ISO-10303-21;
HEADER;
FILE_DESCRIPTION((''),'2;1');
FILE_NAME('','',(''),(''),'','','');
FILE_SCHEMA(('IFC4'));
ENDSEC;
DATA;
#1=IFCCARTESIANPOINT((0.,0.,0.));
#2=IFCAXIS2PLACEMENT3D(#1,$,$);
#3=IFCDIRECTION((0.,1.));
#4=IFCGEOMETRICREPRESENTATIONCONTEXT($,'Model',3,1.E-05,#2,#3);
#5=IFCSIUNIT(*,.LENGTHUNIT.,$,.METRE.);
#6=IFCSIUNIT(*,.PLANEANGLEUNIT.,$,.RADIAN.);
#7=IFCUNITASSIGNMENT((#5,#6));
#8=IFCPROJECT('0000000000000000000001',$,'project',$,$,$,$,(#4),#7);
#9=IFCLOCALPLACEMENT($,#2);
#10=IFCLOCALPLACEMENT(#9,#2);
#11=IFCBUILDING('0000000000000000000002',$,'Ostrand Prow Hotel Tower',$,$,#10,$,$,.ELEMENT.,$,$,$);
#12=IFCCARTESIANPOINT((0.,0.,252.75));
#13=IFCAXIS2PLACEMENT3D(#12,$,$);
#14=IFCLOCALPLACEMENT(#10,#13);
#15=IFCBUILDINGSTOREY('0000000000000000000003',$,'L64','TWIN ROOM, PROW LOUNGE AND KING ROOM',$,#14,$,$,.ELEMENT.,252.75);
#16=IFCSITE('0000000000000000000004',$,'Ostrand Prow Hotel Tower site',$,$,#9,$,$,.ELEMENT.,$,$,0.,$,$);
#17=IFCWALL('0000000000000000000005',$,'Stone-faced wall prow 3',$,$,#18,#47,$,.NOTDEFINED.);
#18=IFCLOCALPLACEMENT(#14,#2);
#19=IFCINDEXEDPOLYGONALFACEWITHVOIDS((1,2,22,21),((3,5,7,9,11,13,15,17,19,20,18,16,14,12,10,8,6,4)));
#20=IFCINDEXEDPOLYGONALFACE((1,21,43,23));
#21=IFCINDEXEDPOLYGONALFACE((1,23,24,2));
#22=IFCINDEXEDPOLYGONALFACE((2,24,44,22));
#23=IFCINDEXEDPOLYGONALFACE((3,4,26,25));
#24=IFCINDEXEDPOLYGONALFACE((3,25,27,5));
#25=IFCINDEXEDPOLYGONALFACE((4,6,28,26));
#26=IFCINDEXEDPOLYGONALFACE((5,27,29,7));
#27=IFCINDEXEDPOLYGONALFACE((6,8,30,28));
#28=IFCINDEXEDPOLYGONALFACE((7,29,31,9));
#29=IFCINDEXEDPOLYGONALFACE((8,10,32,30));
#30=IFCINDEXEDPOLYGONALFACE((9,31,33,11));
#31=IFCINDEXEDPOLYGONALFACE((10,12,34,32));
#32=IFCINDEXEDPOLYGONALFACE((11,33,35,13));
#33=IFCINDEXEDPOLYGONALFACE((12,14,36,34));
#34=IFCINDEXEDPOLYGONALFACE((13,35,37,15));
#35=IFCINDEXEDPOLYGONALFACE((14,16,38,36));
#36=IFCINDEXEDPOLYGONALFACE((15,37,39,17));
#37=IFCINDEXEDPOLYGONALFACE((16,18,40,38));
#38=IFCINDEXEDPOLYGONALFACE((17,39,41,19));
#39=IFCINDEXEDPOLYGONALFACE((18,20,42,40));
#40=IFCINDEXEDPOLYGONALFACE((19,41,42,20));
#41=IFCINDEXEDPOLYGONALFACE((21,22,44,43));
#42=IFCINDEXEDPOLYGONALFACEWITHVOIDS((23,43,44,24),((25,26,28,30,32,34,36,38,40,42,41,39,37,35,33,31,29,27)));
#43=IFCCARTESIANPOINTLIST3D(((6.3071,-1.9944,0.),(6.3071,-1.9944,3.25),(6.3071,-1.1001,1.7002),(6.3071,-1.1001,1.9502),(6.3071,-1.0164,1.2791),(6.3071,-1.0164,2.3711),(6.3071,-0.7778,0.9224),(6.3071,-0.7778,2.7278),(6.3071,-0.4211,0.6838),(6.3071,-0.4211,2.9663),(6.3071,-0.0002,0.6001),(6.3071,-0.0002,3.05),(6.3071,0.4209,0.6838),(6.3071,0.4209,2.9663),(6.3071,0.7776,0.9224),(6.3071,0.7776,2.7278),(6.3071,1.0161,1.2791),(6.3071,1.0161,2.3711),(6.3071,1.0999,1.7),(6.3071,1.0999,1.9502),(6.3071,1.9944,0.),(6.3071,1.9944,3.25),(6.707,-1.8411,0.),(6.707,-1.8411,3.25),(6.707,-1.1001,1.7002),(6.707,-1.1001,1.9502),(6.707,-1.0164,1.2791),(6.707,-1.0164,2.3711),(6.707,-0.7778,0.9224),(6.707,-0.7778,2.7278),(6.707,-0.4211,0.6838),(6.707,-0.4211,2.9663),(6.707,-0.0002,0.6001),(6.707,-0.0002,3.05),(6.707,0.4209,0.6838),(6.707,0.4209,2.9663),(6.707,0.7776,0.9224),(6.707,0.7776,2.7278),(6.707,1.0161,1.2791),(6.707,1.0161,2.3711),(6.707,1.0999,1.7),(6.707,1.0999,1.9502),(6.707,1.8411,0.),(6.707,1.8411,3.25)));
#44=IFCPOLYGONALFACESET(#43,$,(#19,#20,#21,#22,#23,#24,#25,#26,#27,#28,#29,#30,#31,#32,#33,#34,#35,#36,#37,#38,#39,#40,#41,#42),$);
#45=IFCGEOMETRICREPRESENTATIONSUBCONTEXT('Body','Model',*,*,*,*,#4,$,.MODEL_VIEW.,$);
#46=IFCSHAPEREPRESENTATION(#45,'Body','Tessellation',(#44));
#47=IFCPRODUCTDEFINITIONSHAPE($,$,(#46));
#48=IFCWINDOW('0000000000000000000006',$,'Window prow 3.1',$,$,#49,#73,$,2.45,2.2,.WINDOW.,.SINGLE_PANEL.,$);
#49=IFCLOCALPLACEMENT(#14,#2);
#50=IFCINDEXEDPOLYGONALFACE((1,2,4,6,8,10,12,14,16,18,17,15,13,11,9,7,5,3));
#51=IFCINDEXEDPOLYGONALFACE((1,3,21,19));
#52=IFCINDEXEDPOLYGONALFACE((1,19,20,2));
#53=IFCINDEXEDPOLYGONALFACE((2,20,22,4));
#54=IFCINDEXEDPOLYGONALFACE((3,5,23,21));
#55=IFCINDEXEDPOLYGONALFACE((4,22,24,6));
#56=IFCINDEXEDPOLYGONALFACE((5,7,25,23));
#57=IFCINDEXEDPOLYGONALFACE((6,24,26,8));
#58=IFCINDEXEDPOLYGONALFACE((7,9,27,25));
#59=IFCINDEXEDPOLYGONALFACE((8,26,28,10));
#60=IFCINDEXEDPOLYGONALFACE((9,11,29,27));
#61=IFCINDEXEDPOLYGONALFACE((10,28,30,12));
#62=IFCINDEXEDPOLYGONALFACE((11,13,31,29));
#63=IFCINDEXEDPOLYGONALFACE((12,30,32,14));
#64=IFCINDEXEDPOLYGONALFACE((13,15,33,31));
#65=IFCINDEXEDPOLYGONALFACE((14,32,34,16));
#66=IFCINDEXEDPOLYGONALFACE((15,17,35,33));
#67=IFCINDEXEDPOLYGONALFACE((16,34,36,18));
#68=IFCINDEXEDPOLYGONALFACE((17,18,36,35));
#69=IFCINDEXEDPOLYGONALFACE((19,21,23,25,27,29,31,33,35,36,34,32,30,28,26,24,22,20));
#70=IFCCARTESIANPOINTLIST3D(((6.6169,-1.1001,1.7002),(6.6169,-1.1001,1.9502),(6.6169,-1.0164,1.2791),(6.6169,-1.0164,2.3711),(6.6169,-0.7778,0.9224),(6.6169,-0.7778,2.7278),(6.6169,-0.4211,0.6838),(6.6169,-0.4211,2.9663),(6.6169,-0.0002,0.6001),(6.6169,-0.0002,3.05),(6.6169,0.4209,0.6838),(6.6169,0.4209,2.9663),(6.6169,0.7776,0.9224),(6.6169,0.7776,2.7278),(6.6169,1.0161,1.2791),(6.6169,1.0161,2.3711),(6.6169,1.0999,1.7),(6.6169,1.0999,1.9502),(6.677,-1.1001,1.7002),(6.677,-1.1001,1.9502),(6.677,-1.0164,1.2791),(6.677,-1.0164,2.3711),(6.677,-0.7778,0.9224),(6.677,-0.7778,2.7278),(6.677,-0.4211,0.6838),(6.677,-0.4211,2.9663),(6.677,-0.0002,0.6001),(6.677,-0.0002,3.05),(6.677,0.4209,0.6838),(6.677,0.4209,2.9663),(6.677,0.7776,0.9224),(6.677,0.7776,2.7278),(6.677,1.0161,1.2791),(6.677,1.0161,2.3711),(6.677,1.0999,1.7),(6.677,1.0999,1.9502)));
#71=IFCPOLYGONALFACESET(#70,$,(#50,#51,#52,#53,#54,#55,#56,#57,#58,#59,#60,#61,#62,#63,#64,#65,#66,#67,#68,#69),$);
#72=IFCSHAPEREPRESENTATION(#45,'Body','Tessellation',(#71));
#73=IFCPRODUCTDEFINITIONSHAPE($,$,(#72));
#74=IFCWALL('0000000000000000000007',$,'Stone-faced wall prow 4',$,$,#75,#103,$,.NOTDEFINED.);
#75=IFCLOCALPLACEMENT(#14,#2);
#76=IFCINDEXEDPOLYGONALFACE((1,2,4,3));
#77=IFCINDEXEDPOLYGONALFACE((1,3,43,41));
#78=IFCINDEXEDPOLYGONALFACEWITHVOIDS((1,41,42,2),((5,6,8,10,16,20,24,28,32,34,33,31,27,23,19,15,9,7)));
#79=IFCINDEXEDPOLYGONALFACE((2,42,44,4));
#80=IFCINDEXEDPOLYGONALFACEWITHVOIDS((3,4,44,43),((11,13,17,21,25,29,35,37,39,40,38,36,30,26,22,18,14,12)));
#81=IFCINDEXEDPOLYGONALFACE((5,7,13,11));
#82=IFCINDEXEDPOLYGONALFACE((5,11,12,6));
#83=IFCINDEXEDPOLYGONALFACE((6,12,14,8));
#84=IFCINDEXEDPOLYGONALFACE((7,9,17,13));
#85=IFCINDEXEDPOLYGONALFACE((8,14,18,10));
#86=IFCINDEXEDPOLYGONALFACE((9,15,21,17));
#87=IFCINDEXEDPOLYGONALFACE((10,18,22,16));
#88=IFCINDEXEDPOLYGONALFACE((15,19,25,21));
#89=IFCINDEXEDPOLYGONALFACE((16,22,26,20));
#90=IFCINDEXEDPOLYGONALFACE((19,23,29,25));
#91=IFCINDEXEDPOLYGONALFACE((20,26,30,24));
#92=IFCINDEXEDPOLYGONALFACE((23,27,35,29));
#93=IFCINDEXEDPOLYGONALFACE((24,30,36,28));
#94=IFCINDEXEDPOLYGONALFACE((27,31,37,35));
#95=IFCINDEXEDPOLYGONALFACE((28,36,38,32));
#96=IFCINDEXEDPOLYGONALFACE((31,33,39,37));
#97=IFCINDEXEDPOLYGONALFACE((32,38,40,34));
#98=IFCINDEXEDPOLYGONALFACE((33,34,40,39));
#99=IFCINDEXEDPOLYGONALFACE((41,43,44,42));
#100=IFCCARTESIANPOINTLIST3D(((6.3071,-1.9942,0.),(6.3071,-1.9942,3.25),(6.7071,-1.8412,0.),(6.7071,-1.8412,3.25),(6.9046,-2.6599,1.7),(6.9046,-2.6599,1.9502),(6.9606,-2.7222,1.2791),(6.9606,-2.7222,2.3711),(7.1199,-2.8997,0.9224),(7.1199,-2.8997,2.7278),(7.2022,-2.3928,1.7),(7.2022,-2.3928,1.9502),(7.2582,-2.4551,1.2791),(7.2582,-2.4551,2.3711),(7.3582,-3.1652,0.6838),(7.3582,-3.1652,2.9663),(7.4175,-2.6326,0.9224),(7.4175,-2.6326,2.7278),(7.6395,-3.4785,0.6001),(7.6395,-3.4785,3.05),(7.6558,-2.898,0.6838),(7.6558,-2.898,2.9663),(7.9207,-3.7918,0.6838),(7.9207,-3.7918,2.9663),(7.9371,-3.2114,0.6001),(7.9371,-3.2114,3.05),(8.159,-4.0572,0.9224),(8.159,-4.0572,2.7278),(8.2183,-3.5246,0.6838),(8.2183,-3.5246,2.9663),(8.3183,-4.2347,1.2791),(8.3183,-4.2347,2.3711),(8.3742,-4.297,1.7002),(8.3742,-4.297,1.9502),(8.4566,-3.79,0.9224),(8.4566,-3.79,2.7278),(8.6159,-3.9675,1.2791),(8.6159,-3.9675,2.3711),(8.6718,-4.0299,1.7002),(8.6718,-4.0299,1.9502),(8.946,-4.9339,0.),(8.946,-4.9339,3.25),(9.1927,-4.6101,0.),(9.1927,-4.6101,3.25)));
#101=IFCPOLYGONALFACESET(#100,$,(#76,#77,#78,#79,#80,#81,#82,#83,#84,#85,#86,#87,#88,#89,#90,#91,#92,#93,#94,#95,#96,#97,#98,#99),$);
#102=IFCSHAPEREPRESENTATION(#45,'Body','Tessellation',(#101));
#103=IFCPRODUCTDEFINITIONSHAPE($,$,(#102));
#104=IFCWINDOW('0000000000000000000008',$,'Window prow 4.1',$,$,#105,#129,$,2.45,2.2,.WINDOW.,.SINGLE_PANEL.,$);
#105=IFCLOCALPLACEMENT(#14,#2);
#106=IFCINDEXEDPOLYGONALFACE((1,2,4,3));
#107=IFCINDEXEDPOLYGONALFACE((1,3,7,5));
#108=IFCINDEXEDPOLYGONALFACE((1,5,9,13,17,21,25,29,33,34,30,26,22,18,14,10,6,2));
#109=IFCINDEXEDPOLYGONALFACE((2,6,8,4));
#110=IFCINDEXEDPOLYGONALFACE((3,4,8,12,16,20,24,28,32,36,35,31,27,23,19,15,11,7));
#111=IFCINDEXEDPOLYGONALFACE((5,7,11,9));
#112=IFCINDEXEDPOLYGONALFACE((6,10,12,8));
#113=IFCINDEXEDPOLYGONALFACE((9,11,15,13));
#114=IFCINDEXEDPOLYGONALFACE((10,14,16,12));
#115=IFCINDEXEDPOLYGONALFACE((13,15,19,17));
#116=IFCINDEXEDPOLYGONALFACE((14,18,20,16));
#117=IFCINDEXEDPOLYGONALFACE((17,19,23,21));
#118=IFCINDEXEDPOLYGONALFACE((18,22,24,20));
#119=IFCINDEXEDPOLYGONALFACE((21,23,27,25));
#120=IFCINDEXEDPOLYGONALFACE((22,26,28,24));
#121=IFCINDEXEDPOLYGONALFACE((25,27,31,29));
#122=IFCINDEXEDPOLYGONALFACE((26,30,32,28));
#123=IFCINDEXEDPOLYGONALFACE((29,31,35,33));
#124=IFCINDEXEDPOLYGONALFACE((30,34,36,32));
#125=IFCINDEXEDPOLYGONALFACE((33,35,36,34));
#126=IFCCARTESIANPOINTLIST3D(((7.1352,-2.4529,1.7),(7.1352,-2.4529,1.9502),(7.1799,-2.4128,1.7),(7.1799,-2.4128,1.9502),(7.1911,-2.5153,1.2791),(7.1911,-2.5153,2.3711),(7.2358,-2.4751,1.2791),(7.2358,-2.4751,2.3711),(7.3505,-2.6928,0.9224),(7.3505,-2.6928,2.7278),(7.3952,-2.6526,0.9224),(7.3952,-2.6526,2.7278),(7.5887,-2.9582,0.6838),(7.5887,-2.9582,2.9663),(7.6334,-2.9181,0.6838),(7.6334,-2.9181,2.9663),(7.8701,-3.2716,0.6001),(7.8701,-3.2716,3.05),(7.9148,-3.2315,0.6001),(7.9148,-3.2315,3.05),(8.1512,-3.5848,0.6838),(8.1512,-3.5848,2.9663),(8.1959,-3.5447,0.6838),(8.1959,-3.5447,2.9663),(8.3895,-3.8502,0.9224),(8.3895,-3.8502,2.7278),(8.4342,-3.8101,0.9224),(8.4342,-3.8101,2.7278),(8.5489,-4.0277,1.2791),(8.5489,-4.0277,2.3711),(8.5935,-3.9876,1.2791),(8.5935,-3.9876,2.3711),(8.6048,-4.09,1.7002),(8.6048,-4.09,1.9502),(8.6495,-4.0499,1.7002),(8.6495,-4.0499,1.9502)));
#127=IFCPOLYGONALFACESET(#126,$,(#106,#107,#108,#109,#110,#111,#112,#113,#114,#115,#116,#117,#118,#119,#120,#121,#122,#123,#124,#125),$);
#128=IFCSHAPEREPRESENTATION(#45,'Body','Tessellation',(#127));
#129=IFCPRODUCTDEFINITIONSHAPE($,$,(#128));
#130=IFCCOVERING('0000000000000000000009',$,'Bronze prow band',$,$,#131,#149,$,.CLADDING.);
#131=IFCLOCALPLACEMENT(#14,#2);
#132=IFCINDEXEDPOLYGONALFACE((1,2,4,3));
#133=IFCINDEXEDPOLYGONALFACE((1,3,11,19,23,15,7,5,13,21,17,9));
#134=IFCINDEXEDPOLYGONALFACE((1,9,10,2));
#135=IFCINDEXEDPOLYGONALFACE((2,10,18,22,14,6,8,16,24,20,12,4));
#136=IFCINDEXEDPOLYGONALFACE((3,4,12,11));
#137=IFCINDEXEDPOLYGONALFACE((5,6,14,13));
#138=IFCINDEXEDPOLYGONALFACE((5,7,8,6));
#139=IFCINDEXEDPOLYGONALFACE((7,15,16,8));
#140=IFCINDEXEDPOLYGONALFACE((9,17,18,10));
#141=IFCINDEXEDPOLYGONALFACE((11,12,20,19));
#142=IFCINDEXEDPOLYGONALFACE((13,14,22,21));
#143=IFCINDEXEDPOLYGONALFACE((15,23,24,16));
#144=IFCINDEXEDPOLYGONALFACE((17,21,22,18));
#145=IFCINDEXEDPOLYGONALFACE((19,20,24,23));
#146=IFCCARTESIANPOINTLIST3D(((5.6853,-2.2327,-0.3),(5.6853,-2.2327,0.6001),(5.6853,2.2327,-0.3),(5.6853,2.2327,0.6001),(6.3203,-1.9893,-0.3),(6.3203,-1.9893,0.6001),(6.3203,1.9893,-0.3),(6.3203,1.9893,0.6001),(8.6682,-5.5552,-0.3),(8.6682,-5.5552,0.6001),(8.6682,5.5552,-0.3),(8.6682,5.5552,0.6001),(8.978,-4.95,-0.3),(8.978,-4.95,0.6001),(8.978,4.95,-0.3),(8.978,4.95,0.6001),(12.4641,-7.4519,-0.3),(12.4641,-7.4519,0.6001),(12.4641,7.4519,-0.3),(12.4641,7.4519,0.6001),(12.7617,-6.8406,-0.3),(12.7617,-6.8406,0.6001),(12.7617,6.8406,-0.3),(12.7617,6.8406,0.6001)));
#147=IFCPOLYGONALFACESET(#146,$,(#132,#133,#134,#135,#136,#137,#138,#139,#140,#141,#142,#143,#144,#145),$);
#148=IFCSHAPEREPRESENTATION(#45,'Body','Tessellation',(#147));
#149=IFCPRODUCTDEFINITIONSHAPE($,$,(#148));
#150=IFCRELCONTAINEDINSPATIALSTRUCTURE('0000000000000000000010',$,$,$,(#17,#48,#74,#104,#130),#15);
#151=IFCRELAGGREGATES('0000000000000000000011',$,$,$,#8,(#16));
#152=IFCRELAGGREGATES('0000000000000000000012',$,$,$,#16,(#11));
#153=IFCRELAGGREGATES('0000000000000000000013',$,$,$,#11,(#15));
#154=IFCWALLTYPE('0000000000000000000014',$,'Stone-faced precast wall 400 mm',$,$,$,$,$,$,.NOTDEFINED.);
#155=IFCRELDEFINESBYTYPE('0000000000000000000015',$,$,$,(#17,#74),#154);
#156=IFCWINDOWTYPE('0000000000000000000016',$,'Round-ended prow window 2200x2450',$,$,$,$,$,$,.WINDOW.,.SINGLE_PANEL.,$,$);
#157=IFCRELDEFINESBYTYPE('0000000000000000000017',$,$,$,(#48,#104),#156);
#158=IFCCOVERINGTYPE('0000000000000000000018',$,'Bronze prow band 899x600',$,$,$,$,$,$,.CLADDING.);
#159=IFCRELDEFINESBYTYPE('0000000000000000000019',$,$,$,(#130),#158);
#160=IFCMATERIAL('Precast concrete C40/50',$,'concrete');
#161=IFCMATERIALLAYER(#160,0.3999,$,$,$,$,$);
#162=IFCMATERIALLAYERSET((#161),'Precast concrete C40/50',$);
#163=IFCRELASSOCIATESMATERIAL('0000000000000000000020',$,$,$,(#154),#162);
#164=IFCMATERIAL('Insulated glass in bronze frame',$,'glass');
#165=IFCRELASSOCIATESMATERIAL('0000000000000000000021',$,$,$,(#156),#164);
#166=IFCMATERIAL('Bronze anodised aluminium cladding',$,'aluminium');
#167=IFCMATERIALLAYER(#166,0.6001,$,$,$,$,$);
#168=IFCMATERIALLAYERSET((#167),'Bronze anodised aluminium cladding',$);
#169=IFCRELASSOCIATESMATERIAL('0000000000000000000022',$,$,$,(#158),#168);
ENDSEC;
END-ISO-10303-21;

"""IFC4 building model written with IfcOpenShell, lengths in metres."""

from ifc_helpers import new_model, si_unit, direction, frame, origin, place, context, subcontext, project, spatial, polyline, outline, extrude, material, layer, layer_set, type_object, element, fill, save


model = new_model("IFC4")

# Units and contexts
model_context = context("Model", 3, precision=1e-05, world=origin(), true_north=direction((0.0, 1.0)))
body_context = subcontext(model_context, "Body", "Model", "MODEL_VIEW")
ifc_project = project(units=[si_unit("LENGTHUNIT", "METRE"), si_unit("PLANEANGLEUNIT", "RADIAN")], contexts=[model_context])

# Site, building, storey
site_placement = place(None, origin())
site = spatial("IfcSite", under=ifc_project, at=site_placement, Name="Ostrand Prow Hotel Tower site", CompositionType="ELEMENT", RefElevation=0.0)
building_placement = place(site_placement, origin())
building = spatial("IfcBuilding", under=site, at=building_placement, Name="Ostrand Prow Hotel Tower", CompositionType="ELEMENT")
storey_placement = place(building_placement, frame((0.0, 0.0, 252.75)))
storey = spatial("IfcBuildingStorey", under=building, at=storey_placement, Name="L64", Description="TWIN ROOM, PROW LOUNGE AND KING ROOM", CompositionType="ELEMENT", Elevation=252.75)

# Walls, openings, windows
ifc_material_1 = material(Name="Precast concrete C40/50", Category="concrete")
ifc_layer_1 = layer(ifc_material_1, 0.3999)
ifc_layer_set_1 = layer_set([ifc_layer_1], Name="Precast concrete C40/50")
wall_type = type_object("IfcWallType", Name="Stone-faced precast wall 400 mm", PredefinedType="NOTDEFINED", material=ifc_layer_set_1)
wall_1_placement = place(storey_placement, frame((6.5071, 1.9177, 0.0), z_axis=(0.0, 0.0, 1.0), x_axis=(0.0, -1.0, 0.0)))
wall_1 = element("IfcWall", 1, at=wall_1_placement, inside=storey, type_object=wall_type, Name="Stone-faced wall prow 3", PredefinedType="NOTDEFINED", context=body_context, shape_type="SweptSolid", body=[
    extrude(outline(polyline([(-0.0767, -0.2), (3.9121, -0.2), (3.7588, 0.2), (0.0767, 0.2), (-0.0767, -0.2)])), origin(), (0.0, 0.0, 1.0), 3.25),
])
opening_1_placement = place(wall_1_placement, frame((0.8179, 0.0, 0.6001)))
opening_1 = element("IfcOpeningElement", 2, at=opening_1_placement, cuts=wall_1, PredefinedType="OPENING", context=body_context, shape_type="SweptSolid", body=[
    extrude(outline(polyline([(0.0, 1.3501), (0.0837, 1.771), (0.3223, 2.1277), (0.679, 2.3662), (1.1001, 2.45), (1.521, 2.3662), (1.8777, 2.1277), (2.1162, 1.771), (2.2, 1.3501), (2.2, 1.1001), (2.1162, 0.679), (1.8777, 0.3223), (1.521, 0.0837), (1.1001, 0.0), (0.679, 0.0837), (0.3223, 0.3223), (0.0837, 0.679), (0.0, 1.0999), (0.0, 1.3501)])), frame((0.0, 0.21, 0.0), z_axis=(0.0, -1.0, 0.0), x_axis=(1.0, 0.0, 0.0)), (0.0, 0.0, 1.0), 0.4199),
])
ifc_material_2 = material(Name="Insulated glass in bronze frame", Category="glass")
window_type = type_object("IfcWindowType", Name="Round-ended prow window 2200x2450", PartitioningType="SINGLE_PANEL", PredefinedType="WINDOW", material=ifc_material_2)
window_1_placement = place(opening_1_placement, origin())
window_1 = element("IfcWindow", 3, at=window_1_placement, inside=storey, type_object=window_type, Name="Window prow 3.1", OverallHeight=2.45, OverallWidth=2.2, PartitioningType="SINGLE_PANEL", PredefinedType="WINDOW", context=body_context, shape_type="SweptSolid", body=[
    extrude(outline(polyline([(0.0, 1.3501), (0.0837, 1.771), (0.3223, 2.1277), (0.679, 2.3662), (1.1001, 2.45), (1.521, 2.3662), (1.8777, 2.1277), (2.1162, 1.771), (2.2, 1.3501), (2.2, 1.1001), (2.1162, 0.679), (1.8777, 0.3223), (1.521, 0.0837), (1.1001, 0.0), (0.679, 0.0837), (0.3223, 0.3223), (0.0837, 0.679), (0.0, 1.0999), (0.0, 1.3501)])), frame((0.0, 0.1699, 0.0), z_axis=(0.0, -1.0, 0.0), x_axis=(1.0, 0.0, 0.0)), (0.0, 0.0, 1.0), 0.0601),
])
fill(opening_1, window_1)
wall_2_placement = place(storey_placement, frame((6.5071, -1.9177, 0.0), z_axis=(0.0, 0.0, 1.0), x_axis=(0.668018, -0.744145, 0.0)))
wall_2 = element("IfcWall", 4, at=wall_2_placement, inside=storey, type_object=wall_type, Name="Stone-faced wall prow 4", PredefinedType="NOTDEFINED", context=body_context, shape_type="SweptSolid", body=[
    extrude(outline(polyline([(-0.0767, -0.2), (3.8738, -0.2), (3.7976, 0.2), (0.0767, 0.2), (-0.0767, -0.2)])), origin(), (0.0, 0.0, 1.0), 3.25),
])
opening_2_placement = place(wall_2_placement, frame((0.8179, 0.0, 0.6001)))
opening_2 = element("IfcOpeningElement", 5, at=opening_2_placement, cuts=wall_2, PredefinedType="OPENING", context=body_context, shape_type="SweptSolid", body=[
    extrude(outline(polyline([(0.0, 1.3501), (0.0837, 1.771), (0.3223, 2.1277), (0.679, 2.3662), (1.1001, 2.45), (1.521, 2.3662), (1.8777, 2.1277), (2.1162, 1.771), (2.2, 1.3501), (2.2, 1.1001), (2.1162, 0.679), (1.8777, 0.3223), (1.521, 0.0837), (1.1001, 0.0), (0.679, 0.0837), (0.3223, 0.3223), (0.0837, 0.679), (0.0, 1.0999), (0.0, 1.3501)])), frame((0.0, 0.21, 0.0), z_axis=(0.0, -1.0, 0.0), x_axis=(1.0, 0.0, 0.0)), (0.0, 0.0, 1.0), 0.4199),
])
window_2_placement = place(opening_2_placement, origin())
window_2 = element("IfcWindow", 6, at=window_2_placement, inside=storey, type_object=window_type, Name="Window prow 4.1", OverallHeight=2.45, OverallWidth=2.2, PartitioningType="SINGLE_PANEL", PredefinedType="WINDOW", context=body_context, shape_type="SweptSolid", body=[
    extrude(outline(polyline([(0.0, 1.3501), (0.0837, 1.771), (0.3223, 2.1277), (0.679, 2.3662), (1.1001, 2.45), (1.521, 2.3662), (1.8777, 2.1277), (2.1162, 1.771), (2.2, 1.3501), (2.2, 1.1001), (2.1162, 0.679), (1.8777, 0.3223), (1.521, 0.0837), (1.1001, 0.0), (0.679, 0.0837), (0.3223, 0.3223), (0.0837, 0.679), (0.0, 1.0999), (0.0, 1.3501)])), frame((0.0, 0.1699, 0.0), z_axis=(0.0, -1.0, 0.0), x_axis=(1.0, 0.0, 0.0)), (0.0, 0.0, 1.0), 0.0601),
])
fill(opening_2, window_2)

# Covering
ifc_material_3 = material(Name="Bronze anodised aluminium cladding", Category="aluminium")
ifc_layer_2 = layer(ifc_material_3, 0.6001)
ifc_layer_set_2 = layer_set([ifc_layer_2], Name="Bronze anodised aluminium cladding")
covering_type_1 = type_object("IfcCoveringType", Name="Bronze prow band 899x600", PredefinedType="CLADDING", material=ifc_layer_set_2)
covering_1_placement = place(storey_placement, frame((0.0, 0.0, -0.3)))
element("IfcCovering", 7, at=covering_1_placement, inside=storey, type_object=covering_type_1, Name="Bronze prow band", PredefinedType="CLADDING", context=body_context, shape_type="SweptSolid", body=[
    extrude(outline(polyline([(12.4641, 7.4519), (8.6682, 5.5552), (5.6853, 2.2327), (5.6853, -2.2327), (8.6682, -5.5552), (12.4641, -7.4519), (12.7617, -6.8406), (8.978, -4.95), (6.3203, -1.9893), (6.3203, 1.9893), (8.978, 4.95), (12.7617, 6.8406), (12.4641, 7.4519)])), origin(), (0.0, 0.0, 1.0), 0.9001),
])

save(model, "model.ifc")
